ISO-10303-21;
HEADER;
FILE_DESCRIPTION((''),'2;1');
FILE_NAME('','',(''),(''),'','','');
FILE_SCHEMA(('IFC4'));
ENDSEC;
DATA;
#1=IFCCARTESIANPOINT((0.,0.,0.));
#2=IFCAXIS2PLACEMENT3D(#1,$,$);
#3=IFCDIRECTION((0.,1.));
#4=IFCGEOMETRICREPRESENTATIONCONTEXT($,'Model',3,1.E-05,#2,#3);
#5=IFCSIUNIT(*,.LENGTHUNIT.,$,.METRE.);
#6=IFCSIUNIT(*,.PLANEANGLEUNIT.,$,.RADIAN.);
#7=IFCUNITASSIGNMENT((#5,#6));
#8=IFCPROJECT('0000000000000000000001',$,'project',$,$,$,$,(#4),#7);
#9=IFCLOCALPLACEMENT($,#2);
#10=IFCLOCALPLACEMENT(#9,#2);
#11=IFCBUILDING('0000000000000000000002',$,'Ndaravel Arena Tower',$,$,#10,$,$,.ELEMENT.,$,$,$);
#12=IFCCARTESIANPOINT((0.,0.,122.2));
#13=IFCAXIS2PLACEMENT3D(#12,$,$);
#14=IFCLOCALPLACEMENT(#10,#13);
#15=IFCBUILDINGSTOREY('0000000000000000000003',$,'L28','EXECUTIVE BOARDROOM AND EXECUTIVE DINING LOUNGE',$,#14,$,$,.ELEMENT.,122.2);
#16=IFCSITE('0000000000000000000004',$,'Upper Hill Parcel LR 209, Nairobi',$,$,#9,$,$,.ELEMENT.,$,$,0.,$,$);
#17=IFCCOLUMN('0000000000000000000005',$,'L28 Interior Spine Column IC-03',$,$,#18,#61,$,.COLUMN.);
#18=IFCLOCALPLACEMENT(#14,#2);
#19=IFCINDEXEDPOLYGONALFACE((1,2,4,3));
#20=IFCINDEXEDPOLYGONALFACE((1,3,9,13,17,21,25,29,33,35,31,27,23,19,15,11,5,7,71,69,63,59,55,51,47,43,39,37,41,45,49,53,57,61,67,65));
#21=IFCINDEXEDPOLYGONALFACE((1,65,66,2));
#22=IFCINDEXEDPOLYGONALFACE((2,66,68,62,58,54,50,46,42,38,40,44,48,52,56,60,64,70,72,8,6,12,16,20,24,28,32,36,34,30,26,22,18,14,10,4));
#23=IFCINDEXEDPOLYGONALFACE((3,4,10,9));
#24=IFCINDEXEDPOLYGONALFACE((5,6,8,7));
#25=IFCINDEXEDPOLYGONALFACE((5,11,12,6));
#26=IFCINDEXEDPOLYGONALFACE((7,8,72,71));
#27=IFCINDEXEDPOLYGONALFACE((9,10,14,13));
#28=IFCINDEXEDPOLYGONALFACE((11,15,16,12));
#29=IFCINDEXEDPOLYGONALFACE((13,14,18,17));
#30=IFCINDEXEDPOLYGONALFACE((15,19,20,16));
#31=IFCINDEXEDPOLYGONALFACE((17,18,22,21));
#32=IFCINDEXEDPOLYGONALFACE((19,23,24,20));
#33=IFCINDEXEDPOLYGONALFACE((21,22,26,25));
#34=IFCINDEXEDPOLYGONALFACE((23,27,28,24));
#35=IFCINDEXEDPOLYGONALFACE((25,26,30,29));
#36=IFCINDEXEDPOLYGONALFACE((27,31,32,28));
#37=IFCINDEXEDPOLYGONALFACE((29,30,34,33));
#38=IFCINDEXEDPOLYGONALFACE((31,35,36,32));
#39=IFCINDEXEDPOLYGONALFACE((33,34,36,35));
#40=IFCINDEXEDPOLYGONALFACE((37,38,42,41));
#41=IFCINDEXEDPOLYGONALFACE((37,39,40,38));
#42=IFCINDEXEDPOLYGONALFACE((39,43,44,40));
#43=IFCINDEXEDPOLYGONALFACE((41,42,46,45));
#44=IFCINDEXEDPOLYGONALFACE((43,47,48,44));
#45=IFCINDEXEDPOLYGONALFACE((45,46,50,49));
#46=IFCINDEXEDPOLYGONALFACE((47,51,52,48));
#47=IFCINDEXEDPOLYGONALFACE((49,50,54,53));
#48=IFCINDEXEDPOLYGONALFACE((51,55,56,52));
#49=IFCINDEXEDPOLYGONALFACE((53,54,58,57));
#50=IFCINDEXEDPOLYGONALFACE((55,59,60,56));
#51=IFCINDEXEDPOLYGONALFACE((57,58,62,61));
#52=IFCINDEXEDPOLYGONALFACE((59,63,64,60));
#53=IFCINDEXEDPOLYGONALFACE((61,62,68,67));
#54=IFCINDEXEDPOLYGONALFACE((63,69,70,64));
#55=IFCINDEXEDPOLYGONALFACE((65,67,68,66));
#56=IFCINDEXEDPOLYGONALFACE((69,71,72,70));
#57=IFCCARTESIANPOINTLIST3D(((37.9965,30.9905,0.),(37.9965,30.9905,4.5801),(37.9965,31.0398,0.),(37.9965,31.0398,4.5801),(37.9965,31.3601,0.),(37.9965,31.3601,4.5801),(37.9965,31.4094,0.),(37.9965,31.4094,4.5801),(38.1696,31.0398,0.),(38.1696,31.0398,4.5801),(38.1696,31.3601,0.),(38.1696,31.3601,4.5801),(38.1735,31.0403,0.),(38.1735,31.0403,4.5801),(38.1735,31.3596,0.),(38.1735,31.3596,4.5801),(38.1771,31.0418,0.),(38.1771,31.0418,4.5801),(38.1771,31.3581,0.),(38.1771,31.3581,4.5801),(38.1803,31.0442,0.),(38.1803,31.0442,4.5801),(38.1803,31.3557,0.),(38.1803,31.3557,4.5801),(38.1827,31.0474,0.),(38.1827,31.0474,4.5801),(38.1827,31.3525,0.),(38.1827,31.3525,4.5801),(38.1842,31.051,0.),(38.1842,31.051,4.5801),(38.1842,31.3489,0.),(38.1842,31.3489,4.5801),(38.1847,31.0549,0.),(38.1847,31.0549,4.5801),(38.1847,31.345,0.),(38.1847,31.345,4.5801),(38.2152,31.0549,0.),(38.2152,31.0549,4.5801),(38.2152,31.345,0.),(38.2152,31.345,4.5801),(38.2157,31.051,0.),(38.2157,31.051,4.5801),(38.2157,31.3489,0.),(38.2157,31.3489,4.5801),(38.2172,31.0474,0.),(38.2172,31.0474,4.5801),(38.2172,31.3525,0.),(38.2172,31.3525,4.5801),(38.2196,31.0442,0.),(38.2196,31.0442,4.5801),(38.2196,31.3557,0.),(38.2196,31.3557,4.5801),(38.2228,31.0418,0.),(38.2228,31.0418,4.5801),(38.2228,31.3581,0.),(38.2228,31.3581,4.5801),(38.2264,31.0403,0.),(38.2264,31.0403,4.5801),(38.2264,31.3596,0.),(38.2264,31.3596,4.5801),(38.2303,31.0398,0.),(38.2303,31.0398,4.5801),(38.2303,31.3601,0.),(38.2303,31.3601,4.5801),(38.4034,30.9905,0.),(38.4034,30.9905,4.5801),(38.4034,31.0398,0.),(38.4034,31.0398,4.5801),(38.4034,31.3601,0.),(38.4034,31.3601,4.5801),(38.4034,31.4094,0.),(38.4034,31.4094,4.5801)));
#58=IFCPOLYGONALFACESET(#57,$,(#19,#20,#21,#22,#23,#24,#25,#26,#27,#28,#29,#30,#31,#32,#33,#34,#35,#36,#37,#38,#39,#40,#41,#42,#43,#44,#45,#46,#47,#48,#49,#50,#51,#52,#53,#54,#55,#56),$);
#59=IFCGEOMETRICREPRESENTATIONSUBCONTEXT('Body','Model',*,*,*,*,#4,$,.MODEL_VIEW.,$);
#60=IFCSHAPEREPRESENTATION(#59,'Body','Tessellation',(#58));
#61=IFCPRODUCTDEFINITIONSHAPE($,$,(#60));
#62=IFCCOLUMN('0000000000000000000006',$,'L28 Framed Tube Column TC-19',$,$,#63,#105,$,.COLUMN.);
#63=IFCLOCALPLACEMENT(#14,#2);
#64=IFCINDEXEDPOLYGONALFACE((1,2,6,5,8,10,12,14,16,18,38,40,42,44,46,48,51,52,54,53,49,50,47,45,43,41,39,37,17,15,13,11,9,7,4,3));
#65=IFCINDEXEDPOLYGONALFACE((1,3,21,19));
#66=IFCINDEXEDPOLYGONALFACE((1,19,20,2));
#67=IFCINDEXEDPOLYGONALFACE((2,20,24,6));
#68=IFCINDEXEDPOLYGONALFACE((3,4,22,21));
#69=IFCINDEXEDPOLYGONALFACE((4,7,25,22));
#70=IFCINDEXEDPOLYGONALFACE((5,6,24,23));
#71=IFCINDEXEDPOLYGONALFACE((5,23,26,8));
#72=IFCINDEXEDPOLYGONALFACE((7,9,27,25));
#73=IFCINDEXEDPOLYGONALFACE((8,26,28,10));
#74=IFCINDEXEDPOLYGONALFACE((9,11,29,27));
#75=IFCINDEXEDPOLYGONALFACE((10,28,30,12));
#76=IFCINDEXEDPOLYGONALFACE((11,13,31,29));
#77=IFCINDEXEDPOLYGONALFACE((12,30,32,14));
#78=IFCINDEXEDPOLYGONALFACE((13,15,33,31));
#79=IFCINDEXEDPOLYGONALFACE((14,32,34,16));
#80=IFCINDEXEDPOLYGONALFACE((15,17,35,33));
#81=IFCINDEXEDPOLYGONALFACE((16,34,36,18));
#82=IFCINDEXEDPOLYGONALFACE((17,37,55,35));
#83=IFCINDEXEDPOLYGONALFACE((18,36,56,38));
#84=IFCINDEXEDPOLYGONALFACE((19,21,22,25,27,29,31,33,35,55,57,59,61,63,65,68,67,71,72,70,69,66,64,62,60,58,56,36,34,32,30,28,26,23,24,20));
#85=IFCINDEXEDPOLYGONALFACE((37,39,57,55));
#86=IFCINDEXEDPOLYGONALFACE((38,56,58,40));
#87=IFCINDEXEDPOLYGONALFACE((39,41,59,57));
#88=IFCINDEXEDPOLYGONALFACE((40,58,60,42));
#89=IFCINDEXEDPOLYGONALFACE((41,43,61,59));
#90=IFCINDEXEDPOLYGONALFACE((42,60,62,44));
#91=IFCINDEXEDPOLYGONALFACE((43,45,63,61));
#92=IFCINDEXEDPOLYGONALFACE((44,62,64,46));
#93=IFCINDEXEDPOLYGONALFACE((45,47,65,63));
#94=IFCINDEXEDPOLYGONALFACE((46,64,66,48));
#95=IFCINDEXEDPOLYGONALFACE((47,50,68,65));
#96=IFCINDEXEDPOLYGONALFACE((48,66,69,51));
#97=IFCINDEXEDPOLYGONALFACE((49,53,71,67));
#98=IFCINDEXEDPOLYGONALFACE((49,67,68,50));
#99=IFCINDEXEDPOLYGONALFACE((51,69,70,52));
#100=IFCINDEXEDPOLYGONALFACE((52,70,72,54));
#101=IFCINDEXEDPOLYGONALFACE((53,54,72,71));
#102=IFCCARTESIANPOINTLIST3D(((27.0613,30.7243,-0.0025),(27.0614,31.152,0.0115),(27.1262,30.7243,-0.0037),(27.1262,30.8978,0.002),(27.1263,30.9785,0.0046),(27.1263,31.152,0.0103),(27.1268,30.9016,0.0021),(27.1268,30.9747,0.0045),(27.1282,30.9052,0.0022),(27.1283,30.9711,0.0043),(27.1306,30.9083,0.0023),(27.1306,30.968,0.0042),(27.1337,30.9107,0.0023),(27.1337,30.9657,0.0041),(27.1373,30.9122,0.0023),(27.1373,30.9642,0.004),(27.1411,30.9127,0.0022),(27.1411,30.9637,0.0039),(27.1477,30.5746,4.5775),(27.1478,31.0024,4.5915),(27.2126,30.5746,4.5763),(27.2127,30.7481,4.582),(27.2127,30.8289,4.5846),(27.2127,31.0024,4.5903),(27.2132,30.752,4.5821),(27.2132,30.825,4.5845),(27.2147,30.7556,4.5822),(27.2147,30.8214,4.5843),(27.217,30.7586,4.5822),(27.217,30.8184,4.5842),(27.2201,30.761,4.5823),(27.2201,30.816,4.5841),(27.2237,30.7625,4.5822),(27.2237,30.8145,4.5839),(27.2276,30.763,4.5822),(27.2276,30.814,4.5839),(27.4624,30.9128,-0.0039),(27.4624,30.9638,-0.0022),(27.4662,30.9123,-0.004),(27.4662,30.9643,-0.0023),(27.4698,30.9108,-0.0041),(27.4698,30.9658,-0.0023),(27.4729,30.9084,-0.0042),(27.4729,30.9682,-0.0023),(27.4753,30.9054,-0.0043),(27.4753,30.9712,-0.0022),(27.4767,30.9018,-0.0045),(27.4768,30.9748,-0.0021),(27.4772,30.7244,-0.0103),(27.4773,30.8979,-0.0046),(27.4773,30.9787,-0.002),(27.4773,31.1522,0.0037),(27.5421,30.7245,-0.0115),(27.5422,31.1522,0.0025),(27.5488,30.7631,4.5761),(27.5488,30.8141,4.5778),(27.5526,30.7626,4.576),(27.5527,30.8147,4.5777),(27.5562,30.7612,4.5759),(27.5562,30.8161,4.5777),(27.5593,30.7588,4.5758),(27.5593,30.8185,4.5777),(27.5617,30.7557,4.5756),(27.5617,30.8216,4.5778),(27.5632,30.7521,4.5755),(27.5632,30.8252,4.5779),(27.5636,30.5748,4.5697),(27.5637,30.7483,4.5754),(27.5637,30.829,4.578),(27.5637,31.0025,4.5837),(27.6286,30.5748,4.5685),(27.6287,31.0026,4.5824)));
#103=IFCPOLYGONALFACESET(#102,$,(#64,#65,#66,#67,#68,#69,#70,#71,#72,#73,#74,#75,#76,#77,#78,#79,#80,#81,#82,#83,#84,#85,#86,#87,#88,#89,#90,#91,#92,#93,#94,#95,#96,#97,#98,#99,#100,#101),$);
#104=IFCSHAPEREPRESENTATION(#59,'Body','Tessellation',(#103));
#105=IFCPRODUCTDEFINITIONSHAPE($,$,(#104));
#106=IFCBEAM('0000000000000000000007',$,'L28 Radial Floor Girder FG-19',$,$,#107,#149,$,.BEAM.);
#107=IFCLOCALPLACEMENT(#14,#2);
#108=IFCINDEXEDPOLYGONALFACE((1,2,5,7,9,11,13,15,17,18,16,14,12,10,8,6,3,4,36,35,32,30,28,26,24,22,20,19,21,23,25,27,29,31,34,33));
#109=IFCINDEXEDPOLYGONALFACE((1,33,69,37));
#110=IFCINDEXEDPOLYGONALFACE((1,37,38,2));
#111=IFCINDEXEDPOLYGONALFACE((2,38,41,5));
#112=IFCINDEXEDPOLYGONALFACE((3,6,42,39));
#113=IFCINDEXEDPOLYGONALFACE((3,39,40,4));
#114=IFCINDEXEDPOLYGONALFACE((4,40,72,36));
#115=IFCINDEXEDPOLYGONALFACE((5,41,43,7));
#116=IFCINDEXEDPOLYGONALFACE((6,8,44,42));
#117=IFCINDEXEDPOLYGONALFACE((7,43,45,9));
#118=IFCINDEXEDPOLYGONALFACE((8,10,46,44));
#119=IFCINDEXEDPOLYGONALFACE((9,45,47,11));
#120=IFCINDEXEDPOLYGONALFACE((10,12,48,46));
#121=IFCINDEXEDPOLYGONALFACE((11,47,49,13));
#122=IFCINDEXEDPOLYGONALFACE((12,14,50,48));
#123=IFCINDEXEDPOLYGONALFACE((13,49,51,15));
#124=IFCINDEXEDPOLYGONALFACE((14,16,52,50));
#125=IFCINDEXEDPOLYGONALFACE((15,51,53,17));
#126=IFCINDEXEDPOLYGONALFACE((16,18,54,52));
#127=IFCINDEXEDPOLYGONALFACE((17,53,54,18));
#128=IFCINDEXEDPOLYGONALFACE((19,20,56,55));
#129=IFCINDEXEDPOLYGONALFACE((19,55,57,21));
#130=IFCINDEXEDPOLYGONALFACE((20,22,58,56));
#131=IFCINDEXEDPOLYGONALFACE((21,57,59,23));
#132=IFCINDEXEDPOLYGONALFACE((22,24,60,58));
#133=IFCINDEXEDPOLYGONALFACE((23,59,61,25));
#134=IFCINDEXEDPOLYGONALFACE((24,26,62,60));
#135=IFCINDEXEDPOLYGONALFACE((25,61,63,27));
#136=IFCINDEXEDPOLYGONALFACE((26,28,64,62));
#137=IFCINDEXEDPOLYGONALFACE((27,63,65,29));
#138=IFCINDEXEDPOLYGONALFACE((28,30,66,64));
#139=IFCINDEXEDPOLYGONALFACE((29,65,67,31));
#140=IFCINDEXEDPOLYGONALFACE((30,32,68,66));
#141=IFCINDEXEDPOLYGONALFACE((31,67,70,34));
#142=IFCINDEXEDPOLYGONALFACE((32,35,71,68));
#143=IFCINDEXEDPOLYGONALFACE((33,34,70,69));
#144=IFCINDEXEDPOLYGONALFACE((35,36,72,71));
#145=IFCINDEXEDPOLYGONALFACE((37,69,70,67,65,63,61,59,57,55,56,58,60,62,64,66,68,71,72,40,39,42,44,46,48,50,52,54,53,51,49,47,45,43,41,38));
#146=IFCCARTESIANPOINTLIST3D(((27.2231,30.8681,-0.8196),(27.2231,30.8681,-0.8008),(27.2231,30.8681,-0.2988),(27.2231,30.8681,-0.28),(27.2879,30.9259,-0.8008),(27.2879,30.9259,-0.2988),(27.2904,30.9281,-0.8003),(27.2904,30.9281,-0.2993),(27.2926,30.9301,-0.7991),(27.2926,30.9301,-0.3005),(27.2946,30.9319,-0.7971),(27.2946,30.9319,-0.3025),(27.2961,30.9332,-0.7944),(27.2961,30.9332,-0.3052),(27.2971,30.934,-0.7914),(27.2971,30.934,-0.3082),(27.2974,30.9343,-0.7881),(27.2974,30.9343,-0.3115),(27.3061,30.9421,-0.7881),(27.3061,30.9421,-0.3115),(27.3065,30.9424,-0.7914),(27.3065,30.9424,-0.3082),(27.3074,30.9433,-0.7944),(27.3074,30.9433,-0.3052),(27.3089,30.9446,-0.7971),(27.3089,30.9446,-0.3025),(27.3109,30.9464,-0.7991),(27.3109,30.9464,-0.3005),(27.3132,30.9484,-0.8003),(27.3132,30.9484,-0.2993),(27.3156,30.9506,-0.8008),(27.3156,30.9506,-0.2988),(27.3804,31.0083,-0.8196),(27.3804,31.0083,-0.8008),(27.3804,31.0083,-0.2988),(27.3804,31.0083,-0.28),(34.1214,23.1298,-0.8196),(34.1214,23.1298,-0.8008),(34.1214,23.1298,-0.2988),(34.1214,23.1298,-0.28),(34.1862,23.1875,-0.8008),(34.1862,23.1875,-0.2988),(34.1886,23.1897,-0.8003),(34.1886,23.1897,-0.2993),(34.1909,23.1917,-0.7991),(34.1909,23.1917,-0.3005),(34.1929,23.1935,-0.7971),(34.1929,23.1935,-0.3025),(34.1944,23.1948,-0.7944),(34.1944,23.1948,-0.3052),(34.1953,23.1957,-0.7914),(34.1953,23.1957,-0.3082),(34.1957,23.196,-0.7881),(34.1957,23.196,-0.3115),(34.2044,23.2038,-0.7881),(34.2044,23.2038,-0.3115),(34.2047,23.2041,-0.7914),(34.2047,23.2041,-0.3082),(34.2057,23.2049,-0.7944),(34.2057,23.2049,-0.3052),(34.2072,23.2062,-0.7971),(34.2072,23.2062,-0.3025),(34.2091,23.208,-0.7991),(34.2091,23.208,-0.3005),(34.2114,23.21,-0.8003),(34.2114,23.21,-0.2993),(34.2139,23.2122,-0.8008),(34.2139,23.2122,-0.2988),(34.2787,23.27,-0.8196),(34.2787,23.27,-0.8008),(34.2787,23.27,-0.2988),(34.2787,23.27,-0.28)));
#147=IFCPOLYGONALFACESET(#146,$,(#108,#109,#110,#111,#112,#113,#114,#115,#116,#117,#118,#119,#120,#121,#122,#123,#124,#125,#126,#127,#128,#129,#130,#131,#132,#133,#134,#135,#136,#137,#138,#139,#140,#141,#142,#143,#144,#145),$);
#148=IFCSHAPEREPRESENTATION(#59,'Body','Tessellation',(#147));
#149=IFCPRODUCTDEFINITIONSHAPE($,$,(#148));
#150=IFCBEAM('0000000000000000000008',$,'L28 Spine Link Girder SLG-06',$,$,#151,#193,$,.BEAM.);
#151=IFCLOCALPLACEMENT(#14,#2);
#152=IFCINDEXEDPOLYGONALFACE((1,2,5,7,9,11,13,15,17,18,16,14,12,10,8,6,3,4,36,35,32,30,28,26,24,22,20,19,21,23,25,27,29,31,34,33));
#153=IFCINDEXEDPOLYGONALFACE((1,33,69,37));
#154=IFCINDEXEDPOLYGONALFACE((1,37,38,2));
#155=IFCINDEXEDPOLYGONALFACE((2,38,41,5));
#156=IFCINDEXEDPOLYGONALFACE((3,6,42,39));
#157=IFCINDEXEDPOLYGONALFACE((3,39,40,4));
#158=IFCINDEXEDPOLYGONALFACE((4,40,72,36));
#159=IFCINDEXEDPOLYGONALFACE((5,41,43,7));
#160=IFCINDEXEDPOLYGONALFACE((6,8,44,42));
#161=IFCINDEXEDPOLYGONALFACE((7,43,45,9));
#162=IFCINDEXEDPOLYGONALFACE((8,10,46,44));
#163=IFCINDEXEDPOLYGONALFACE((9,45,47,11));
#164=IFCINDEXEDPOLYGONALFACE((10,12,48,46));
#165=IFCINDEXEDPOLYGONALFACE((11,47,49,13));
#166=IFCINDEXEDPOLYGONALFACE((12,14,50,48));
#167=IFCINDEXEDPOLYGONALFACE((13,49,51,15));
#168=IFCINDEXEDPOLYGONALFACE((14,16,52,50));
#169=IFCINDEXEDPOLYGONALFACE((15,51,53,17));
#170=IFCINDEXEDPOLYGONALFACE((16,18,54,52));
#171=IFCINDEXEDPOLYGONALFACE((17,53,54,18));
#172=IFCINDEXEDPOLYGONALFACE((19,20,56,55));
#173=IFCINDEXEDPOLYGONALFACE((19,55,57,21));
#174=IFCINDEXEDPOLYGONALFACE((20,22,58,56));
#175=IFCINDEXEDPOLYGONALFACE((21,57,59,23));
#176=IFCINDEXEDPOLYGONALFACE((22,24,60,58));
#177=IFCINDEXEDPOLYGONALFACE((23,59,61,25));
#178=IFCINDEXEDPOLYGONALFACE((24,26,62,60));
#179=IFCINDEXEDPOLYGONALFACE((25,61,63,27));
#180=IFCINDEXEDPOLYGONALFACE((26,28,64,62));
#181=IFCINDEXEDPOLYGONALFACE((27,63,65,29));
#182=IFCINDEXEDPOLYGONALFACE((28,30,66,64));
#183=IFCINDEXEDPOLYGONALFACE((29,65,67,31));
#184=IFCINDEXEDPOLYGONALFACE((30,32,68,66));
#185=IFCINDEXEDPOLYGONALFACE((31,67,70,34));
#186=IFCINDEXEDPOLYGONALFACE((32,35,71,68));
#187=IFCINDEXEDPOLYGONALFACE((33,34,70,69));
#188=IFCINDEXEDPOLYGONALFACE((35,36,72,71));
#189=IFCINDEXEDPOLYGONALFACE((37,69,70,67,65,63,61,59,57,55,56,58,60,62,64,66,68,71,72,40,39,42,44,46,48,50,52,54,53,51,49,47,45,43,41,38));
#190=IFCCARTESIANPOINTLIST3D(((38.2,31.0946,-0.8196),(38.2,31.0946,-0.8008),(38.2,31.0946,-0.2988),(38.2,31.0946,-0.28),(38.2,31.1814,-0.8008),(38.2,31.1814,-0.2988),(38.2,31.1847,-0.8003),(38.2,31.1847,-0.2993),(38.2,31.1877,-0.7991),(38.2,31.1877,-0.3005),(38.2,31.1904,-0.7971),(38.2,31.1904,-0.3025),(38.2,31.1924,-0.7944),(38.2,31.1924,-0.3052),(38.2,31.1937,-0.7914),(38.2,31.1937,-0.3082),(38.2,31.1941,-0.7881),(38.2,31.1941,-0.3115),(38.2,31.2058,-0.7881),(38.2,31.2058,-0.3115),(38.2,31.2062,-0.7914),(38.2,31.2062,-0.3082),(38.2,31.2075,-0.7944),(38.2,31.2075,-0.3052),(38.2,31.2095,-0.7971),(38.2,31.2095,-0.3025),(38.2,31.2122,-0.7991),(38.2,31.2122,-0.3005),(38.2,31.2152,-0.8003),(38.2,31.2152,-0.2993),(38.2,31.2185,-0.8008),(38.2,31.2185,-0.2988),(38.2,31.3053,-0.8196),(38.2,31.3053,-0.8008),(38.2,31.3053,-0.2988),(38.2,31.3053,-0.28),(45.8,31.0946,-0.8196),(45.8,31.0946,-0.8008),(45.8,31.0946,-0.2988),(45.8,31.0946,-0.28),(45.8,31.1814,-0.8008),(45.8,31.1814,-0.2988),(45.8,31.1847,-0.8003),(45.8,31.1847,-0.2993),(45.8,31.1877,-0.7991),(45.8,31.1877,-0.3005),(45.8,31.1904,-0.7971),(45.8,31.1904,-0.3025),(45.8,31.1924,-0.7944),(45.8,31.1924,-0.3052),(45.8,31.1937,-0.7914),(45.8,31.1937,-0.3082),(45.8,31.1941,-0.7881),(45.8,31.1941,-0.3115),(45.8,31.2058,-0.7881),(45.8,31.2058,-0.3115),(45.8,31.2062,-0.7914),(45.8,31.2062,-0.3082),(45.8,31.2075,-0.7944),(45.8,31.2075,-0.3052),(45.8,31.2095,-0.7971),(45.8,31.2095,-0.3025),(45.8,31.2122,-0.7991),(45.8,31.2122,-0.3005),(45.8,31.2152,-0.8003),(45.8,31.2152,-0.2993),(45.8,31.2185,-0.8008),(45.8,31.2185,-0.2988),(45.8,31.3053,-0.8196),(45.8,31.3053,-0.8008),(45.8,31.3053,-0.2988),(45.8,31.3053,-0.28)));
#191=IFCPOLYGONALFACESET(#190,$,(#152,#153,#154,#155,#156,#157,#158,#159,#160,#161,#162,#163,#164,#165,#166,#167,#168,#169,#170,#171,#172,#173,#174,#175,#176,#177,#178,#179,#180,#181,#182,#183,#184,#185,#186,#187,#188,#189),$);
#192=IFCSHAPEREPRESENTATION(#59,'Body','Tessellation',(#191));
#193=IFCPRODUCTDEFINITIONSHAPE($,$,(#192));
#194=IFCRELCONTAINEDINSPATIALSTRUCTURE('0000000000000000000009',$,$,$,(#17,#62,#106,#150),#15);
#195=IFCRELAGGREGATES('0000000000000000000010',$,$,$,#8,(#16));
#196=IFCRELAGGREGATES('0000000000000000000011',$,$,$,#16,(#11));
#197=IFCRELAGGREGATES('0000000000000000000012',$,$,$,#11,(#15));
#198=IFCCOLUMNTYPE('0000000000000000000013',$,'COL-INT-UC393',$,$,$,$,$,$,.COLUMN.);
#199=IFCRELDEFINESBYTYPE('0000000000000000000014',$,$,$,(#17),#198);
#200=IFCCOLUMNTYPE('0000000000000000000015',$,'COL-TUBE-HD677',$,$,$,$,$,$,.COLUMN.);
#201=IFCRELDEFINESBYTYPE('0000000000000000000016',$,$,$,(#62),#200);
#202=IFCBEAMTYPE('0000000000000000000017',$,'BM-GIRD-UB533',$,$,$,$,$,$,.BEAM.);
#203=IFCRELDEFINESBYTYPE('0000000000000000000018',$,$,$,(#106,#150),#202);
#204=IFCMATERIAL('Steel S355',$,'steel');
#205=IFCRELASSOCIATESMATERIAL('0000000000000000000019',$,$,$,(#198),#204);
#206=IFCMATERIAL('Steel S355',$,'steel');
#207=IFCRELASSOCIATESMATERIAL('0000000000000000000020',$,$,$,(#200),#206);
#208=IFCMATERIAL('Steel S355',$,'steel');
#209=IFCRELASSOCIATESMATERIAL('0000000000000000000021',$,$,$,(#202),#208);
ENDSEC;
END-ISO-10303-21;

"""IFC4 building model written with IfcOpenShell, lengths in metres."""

from ifc_helpers import new_model, si_unit, direction, frame, origin, origin_2d, place, context, subcontext, project, spatial, i_section, extrude, material, material_profile, profile_set, type_object, element, save


model = new_model("IFC4")

# Units and contexts
model_context = context("Model", 3, precision=1e-05, world=origin(), true_north=direction((0.0, 1.0)))
body_context = subcontext(model_context, "Body", "Model", "MODEL_VIEW")
ifc_project = project(units=[si_unit("LENGTHUNIT", "METRE"), si_unit("PLANEANGLEUNIT", "RADIAN")], contexts=[model_context])

# Site, building, storey
site_placement = place(None, origin())
site = spatial("IfcSite", under=ifc_project, at=site_placement, Name="Upper Hill Parcel LR 209, Nairobi", CompositionType="ELEMENT", RefElevation=0.0)
building_placement = place(site_placement, origin())
building = spatial("IfcBuilding", under=site, at=building_placement, Name="Ndaravel Arena Tower", CompositionType="ELEMENT")
storey_placement = place(building_placement, frame((0.0, 0.0, 122.2)))
storey = spatial("IfcBuildingStorey", under=building, at=storey_placement, Name="L28", Description="EXECUTIVE BOARDROOM AND EXECUTIVE DINING LOUNGE", CompositionType="ELEMENT", Elevation=122.2)

# Columns
ifc_material_1 = material(Name="Steel S355", Category="steel")
ifc_material_profile_1 = material_profile(ifc_material_1, i_section(OverallWidth=0.407, OverallDepth=0.4189, WebThickness=0.0305, FlangeThickness=0.0493, FilletRadius=0.0151, at=origin_2d()), Name="UC 356x406x393")
ifc_profile_set_1 = profile_set([ifc_material_profile_1], Name="Steel S355")
column_type_1 = type_object("IfcColumnType", Name="COL-INT-UC393", PredefinedType="COLUMN", material=ifc_profile_set_1)
column_1_placement = place(storey_placement, frame((38.2, 31.2, 0.0), z_axis=(0.0, 0.0, 1.0), x_axis=(1.0, 0.0, 0.0)))
element("IfcColumn", 1, at=column_1_placement, inside=storey, type_object=column_type_1, Name="L28 Interior Spine Column IC-03", PredefinedType="COLUMN", context=body_context, shape_type="SweptSolid", body=[
    extrude(i_section(OverallWidth=0.407, OverallDepth=0.4189, WebThickness=0.0305, FlangeThickness=0.0493, FilletRadius=0.0151, at=origin_2d()), origin(), (0.0, 0.0, 1.0), 4.5801),
])
ifc_material_2 = material(Name="Steel S355", Category="steel")
ifc_material_profile_2 = material_profile(ifc_material_2, i_section(OverallWidth=0.428, OverallDepth=0.481, WebThickness=0.051, FlangeThickness=0.0649, FilletRadius=0.0149, at=origin_2d()), Name="HD 400x677")
ifc_profile_set_2 = profile_set([ifc_material_profile_2], Name="Steel S355")
column_type_2 = type_object("IfcColumnType", Name="COL-TUBE-HD677", PredefinedType="COLUMN", material=ifc_profile_set_2)
column_2_placement = place(storey_placement, frame((27.3018, 30.9382, 0.0), z_axis=(0.018857, -0.032653, 0.999289), x_axis=(0.000205, 0.999467, 0.032655)))
element("IfcColumn", 2, at=column_2_placement, inside=storey, type_object=column_type_2, Name="L28 Framed Tube Column TC-19", PredefinedType="COLUMN", context=body_context, shape_type="SweptSolid", body=[
    extrude(i_section(OverallWidth=0.428, OverallDepth=0.481, WebThickness=0.051, FlangeThickness=0.0649, FilletRadius=0.0149, at=origin_2d()), origin(), (0.0, 0.0, 1.0), 4.5833),
])

# Beams
ifc_material_3 = material(Name="Steel S355", Category="steel")
ifc_material_profile_3 = material_profile(ifc_material_3, i_section(OverallWidth=0.2107, OverallDepth=0.5396, WebThickness=0.0117, FlangeThickness=0.0188, FilletRadius=0.0127, at=origin_2d()), Name="UB 533x210x109")
ifc_profile_set_3 = profile_set([ifc_material_profile_3], Name="Steel S355")
beam_type_1 = type_object("IfcBeamType", Name="BM-GIRD-UB533", PredefinedType="BEAM", material=ifc_profile_set_3)
beam_1_placement = place(storey_placement, frame((27.3018, 30.9382, -0.5498), z_axis=(0.665426, -0.746464, 0.0), x_axis=(0.746464, 0.665426, 0.0)))
element("IfcBeam", 3, at=beam_1_placement, inside=storey, type_object=beam_type_1, Name="L28 Radial Floor Girder FG-19", PredefinedType="BEAM", context=body_context, shape_type="SweptSolid", body=[
    extrude(i_section(OverallWidth=0.2107, OverallDepth=0.5396, WebThickness=0.0117, FlangeThickness=0.0188, FilletRadius=0.0127, at=origin_2d()), origin(), (0.0, 0.0, 1.0), 10.3667),
])
beam_2_placement = place(storey_placement, frame((38.2, 31.2, -0.5498), z_axis=(1.0, 0.0, 0.0), x_axis=(0.0, 1.0, 0.0)))
element("IfcBeam", 4, at=beam_2_placement, inside=storey, type_object=beam_type_1, Name="L28 Spine Link Girder SLG-06", PredefinedType="BEAM", context=body_context, shape_type="SweptSolid", body=[
    extrude(i_section(OverallWidth=0.2107, OverallDepth=0.5396, WebThickness=0.0117, FlangeThickness=0.0188, FilletRadius=0.0127, at=origin_2d()), origin(), (0.0, 0.0, 1.0), 7.6001),
])

save(model, "model.ifc")
